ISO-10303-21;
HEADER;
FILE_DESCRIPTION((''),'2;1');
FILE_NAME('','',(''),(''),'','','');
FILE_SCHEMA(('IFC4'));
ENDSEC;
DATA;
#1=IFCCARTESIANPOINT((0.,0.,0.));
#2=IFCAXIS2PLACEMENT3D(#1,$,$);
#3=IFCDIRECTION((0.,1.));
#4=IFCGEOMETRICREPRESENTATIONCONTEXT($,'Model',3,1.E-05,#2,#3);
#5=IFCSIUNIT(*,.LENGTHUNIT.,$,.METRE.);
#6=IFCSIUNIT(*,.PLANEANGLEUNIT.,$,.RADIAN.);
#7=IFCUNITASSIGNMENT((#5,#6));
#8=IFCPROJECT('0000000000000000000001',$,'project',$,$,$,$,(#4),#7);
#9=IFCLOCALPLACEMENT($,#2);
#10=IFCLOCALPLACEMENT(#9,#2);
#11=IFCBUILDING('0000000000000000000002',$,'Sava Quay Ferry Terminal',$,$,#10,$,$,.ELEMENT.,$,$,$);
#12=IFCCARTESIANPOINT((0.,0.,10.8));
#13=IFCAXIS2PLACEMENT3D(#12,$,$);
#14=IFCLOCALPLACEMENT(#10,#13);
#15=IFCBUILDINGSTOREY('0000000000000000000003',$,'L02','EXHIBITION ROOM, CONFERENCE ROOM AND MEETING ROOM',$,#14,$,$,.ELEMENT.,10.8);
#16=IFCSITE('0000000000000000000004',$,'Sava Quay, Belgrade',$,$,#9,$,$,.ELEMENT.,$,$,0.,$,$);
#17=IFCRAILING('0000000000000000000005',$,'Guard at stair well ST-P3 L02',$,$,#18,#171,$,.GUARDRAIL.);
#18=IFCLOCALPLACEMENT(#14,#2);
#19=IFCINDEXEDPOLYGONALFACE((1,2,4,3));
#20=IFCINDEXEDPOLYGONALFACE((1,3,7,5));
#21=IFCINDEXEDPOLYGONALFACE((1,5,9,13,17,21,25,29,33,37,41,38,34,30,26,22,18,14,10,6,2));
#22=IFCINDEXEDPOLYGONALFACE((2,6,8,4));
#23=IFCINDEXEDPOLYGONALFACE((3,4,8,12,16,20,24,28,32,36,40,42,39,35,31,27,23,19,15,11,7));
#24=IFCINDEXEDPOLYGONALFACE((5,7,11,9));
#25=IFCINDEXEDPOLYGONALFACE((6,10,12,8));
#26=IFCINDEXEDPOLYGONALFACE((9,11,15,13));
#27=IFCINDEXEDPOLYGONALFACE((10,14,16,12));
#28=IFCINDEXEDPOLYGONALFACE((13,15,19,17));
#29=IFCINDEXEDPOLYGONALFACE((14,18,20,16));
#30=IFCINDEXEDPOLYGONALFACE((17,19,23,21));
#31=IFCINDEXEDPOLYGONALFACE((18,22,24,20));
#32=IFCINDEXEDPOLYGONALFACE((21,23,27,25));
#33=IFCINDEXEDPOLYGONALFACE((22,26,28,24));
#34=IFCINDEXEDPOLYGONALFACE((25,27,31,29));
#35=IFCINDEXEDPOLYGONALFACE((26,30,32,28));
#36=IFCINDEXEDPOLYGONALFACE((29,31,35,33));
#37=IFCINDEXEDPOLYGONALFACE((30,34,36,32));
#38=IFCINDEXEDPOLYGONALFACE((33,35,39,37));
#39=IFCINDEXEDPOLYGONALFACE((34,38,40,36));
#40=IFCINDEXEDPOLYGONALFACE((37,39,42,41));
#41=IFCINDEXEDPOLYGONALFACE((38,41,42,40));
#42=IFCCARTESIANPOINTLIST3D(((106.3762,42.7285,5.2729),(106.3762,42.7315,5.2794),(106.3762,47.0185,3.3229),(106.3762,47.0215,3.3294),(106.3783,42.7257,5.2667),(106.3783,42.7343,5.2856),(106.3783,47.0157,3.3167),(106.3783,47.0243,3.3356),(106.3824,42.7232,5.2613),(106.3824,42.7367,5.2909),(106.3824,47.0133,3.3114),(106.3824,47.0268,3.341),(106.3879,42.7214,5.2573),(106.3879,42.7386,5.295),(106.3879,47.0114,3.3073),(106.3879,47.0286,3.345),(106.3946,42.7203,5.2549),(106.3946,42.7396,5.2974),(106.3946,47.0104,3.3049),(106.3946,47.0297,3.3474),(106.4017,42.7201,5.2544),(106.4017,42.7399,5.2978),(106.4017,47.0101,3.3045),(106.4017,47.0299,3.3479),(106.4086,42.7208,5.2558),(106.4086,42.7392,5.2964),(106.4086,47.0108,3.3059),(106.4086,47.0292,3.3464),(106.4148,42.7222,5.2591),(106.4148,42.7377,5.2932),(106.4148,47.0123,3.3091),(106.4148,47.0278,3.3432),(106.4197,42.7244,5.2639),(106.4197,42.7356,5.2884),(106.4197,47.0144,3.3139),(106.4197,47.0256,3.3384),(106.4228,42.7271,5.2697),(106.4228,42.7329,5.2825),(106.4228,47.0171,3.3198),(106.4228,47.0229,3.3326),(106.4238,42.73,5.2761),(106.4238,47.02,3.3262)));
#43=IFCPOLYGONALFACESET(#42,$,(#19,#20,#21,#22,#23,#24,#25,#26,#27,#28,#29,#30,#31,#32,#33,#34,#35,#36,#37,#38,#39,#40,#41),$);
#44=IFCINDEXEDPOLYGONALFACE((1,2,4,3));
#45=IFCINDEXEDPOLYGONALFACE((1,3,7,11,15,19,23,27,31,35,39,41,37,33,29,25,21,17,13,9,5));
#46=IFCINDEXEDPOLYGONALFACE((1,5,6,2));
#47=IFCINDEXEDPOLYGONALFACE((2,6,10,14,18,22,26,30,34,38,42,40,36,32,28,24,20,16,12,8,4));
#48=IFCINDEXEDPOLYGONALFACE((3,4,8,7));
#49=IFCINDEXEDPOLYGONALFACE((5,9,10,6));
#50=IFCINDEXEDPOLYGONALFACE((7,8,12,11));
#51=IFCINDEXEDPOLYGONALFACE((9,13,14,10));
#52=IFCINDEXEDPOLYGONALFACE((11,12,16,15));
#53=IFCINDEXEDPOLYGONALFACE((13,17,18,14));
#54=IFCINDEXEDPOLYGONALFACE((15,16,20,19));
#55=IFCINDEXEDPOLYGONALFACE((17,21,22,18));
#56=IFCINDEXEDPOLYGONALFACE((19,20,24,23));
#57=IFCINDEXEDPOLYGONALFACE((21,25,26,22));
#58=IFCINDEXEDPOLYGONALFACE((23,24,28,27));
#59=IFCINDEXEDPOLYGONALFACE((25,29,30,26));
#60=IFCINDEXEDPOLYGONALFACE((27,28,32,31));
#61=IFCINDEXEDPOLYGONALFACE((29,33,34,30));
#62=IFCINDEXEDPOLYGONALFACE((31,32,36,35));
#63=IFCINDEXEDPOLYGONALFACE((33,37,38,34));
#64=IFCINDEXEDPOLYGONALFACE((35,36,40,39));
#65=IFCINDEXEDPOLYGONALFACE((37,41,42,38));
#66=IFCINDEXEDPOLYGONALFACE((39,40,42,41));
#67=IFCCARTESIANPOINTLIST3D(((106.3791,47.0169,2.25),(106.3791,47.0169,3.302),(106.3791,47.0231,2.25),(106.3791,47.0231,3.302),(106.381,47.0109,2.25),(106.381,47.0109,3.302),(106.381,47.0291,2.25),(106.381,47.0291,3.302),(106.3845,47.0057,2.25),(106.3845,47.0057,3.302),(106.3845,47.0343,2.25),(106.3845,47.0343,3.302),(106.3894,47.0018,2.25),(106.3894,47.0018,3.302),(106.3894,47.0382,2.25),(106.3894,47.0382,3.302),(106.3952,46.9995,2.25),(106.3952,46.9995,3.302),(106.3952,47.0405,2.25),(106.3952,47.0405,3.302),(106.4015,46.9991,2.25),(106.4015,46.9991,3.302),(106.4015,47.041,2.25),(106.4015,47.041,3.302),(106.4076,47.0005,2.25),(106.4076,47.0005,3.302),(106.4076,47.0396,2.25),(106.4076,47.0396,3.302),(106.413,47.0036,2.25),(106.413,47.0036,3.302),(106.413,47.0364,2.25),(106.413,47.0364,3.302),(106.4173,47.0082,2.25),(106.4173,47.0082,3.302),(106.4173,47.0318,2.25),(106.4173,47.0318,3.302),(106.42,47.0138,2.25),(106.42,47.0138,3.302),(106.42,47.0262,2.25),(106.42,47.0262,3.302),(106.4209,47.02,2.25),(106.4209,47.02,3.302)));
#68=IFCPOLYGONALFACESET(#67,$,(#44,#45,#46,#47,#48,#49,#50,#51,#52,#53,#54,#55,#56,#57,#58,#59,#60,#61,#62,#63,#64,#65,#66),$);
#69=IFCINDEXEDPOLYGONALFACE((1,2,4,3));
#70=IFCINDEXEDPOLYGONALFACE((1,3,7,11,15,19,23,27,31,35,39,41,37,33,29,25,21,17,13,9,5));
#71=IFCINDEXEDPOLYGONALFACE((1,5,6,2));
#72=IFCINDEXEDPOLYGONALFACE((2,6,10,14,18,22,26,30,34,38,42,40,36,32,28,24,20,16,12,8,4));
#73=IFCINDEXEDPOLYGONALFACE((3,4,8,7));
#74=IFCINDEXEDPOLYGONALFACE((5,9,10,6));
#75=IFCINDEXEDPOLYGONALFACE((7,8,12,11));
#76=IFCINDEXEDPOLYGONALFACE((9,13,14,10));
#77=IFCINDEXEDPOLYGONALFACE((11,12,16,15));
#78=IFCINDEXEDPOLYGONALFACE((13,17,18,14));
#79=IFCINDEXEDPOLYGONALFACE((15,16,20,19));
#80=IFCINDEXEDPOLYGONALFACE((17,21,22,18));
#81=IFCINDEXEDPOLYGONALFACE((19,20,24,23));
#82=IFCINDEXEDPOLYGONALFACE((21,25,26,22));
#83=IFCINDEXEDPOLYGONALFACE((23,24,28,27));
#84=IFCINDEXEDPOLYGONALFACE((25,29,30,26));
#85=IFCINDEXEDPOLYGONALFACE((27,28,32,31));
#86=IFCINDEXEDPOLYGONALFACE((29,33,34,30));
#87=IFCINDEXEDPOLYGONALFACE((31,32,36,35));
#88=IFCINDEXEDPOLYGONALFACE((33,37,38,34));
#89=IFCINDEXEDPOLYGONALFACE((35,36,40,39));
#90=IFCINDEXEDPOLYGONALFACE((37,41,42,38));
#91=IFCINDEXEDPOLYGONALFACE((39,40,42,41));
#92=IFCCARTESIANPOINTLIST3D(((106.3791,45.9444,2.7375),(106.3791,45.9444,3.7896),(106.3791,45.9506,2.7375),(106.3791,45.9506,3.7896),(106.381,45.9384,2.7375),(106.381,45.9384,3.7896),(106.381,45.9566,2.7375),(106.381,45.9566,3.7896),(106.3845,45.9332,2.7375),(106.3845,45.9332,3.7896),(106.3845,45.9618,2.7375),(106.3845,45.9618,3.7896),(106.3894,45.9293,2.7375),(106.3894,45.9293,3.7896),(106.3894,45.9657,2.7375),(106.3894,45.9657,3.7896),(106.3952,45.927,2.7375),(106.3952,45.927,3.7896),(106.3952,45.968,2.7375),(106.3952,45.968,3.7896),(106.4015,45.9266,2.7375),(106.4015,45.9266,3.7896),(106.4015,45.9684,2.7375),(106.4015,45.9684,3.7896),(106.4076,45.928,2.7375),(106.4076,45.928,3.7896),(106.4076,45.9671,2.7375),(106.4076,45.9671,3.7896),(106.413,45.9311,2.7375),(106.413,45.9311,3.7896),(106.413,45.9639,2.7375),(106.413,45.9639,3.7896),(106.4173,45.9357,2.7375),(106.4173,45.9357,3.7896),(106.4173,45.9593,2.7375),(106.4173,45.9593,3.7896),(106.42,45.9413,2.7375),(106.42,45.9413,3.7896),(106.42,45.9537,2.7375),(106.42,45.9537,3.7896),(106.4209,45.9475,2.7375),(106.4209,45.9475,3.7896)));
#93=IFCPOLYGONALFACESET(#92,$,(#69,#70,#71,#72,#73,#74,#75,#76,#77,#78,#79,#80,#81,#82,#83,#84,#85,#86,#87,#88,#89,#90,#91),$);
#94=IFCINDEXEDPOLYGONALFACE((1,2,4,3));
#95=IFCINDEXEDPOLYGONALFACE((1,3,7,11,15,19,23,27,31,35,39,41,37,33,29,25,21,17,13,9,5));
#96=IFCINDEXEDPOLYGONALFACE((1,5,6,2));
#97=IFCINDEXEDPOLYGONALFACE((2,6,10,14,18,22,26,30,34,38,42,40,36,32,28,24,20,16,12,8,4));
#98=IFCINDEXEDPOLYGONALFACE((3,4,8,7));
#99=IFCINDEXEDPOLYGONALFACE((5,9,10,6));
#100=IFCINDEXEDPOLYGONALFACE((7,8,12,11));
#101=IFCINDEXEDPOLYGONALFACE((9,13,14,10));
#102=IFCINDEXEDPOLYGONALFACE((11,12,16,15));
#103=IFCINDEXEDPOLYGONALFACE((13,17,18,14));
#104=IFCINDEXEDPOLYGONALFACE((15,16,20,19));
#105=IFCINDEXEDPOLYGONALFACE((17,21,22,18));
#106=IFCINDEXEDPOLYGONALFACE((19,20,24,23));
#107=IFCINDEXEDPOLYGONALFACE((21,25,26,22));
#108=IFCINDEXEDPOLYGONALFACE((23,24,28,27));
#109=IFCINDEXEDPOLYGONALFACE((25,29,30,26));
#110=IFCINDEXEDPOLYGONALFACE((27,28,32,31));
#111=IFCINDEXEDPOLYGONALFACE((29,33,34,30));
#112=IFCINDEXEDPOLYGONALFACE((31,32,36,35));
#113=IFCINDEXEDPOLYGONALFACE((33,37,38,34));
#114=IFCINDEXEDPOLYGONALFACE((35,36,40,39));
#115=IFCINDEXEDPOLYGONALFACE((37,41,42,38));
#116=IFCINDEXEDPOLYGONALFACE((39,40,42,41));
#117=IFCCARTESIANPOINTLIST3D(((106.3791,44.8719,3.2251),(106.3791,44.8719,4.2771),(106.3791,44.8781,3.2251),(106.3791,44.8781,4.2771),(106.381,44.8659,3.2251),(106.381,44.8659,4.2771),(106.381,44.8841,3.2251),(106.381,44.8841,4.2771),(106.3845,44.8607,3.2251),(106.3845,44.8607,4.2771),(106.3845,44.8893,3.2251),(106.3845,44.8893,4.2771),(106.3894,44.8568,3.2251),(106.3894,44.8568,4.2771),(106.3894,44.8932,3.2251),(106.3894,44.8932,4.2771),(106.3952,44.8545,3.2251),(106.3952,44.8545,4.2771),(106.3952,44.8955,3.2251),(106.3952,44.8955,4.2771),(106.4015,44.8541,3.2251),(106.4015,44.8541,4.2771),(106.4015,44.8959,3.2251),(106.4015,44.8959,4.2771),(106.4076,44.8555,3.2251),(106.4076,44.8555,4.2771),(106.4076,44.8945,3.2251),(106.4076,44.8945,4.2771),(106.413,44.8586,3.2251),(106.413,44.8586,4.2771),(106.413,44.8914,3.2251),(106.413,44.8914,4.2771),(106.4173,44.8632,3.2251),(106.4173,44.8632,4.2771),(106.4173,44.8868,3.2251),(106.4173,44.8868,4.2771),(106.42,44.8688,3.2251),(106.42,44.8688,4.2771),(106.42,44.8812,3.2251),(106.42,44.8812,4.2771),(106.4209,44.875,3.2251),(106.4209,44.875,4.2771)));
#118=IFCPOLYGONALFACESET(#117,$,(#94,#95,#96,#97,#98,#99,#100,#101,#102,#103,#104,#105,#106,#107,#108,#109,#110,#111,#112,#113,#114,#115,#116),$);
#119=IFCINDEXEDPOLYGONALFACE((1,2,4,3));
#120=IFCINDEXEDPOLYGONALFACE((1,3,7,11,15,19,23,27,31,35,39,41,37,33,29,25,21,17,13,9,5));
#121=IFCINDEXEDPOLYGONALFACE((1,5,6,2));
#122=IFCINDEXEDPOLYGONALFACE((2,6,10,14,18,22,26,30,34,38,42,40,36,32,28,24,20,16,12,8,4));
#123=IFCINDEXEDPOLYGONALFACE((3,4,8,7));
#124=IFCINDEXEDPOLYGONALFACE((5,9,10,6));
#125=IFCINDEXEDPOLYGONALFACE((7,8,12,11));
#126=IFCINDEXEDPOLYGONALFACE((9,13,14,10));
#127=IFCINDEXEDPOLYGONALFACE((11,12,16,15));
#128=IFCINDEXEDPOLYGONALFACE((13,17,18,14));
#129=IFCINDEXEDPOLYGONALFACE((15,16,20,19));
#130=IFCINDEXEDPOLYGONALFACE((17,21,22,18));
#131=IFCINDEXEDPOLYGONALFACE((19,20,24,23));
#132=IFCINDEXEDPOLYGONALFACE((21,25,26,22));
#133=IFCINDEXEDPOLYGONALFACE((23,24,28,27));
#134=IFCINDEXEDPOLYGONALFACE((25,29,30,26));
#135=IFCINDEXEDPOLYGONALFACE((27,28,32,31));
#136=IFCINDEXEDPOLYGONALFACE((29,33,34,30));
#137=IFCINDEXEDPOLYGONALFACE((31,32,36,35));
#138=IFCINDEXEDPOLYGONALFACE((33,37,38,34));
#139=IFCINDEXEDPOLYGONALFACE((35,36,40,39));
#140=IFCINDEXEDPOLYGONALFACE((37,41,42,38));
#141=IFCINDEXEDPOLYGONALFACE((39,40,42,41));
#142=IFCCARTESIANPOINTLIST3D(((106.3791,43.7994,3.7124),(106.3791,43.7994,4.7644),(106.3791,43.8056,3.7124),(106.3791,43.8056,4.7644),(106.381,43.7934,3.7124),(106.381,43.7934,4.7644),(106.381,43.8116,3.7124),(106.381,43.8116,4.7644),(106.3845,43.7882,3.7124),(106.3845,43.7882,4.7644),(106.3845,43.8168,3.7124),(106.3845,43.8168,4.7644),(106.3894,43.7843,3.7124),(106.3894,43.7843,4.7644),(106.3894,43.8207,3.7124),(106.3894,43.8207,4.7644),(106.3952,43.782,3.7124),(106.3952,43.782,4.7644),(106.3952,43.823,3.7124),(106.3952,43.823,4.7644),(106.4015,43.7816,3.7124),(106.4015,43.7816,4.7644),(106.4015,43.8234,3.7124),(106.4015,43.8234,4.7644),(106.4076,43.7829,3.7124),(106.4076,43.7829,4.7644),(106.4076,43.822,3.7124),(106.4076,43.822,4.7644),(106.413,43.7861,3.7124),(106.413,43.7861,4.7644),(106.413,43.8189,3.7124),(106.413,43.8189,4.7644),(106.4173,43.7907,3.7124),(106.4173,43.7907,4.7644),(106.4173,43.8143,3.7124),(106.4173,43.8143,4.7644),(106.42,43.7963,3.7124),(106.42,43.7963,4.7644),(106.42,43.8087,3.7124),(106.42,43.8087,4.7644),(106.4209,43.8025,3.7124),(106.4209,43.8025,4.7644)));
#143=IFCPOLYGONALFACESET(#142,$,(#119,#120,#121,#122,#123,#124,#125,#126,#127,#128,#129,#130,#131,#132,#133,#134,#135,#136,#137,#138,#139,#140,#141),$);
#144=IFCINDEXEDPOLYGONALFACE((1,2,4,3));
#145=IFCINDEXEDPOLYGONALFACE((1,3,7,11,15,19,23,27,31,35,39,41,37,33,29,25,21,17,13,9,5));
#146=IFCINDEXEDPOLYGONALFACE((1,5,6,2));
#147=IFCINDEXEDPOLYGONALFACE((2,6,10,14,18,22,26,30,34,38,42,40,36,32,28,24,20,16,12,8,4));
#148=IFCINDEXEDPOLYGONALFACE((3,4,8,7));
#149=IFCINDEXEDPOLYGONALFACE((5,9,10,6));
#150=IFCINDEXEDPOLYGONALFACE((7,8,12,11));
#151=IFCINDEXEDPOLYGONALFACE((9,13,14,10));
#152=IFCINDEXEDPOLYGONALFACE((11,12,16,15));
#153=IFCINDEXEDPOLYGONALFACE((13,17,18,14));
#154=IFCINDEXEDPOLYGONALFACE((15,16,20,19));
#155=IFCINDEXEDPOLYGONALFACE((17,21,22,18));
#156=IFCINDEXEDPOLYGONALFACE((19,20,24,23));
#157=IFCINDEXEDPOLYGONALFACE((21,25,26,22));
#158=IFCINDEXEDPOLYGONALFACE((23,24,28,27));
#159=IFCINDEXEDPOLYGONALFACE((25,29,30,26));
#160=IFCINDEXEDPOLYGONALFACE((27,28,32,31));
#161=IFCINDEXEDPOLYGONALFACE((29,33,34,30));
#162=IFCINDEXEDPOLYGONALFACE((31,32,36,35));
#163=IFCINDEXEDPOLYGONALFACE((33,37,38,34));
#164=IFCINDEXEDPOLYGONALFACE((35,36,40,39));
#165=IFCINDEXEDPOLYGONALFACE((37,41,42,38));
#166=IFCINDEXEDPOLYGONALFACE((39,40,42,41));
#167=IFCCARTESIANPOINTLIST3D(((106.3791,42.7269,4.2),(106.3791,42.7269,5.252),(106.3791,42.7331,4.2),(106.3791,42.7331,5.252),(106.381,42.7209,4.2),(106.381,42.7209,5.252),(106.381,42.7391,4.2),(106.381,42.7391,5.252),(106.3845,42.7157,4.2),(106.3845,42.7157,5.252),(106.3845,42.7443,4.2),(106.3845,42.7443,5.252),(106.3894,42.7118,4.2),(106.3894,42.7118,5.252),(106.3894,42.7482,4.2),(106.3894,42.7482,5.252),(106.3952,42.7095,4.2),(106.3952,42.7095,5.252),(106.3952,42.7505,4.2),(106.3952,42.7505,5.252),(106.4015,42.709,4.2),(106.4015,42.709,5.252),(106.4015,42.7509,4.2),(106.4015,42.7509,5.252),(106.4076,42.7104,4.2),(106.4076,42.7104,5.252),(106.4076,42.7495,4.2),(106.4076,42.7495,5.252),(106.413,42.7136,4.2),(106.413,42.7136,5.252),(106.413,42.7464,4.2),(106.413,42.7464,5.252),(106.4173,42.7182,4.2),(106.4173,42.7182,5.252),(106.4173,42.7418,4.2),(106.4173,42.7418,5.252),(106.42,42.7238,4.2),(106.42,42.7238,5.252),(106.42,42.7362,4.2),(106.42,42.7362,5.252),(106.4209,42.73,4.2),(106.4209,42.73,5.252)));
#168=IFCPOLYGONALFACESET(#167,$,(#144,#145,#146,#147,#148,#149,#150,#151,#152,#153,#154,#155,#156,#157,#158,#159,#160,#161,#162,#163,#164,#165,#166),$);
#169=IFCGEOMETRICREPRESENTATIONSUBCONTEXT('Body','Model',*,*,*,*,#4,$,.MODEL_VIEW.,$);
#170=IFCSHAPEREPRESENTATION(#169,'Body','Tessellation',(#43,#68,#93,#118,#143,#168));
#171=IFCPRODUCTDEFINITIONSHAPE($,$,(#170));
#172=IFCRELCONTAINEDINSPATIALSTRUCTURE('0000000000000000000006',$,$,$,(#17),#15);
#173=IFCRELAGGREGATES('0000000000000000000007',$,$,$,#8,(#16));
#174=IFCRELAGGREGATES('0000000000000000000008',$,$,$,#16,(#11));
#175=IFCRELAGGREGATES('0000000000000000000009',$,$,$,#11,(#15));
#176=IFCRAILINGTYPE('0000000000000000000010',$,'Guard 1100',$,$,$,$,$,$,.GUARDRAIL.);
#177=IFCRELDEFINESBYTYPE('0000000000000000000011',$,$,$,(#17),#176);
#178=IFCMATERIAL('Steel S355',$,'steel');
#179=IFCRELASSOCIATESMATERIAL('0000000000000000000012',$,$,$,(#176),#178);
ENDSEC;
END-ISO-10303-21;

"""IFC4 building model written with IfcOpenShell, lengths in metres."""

from ifc_helpers import new_model, si_unit, direction, frame, origin, origin_2d, place, context, subcontext, project, spatial, circle, extrude, material, type_object, element, save


model = new_model("IFC4")

# Units and contexts
model_context = context("Model", 3, precision=1e-05, world=origin(), true_north=direction((0.0, 1.0)))
body_context = subcontext(model_context, "Body", "Model", "MODEL_VIEW")
ifc_project = project(units=[si_unit("LENGTHUNIT", "METRE"), si_unit("PLANEANGLEUNIT", "RADIAN")], contexts=[model_context])

# Site, building, storey
site_placement = place(None, origin())
site = spatial("IfcSite", under=ifc_project, at=site_placement, Name="Sava Quay, Belgrade", CompositionType="ELEMENT", RefElevation=0.0)
building_placement = place(site_placement, origin())
building = spatial("IfcBuilding", under=site, at=building_placement, Name="Sava Quay Ferry Terminal", CompositionType="ELEMENT")
storey_placement = place(building_placement, frame((0.0, 0.0, 10.8)))
storey = spatial("IfcBuildingStorey", under=building, at=storey_placement, Name="L02", Description="EXHIBITION ROOM, CONFERENCE ROOM AND MEETING ROOM", CompositionType="ELEMENT", Elevation=10.8)

# Railing
ifc_material_1 = material(Name="Steel S355", Category="steel")
railing_type_1 = type_object("IfcRailingType", Name="Guard 1100", PredefinedType="GUARDRAIL", material=ifc_material_1)
railing_1_placement = place(storey_placement, frame((106.3999, 47.02, 2.25)))
element("IfcRailing", 1, at=railing_1_placement, inside=storey, type_object=railing_type_1, Name="Guard at stair well ST-P3 L02", PredefinedType="GUARDRAIL", context=body_context, shape_type="SweptSolid", body=[
    extrude(circle(Radius=0.0239, at=origin_2d()), frame((0.0, 0.0, 1.0762), z_axis=(0.0, -0.910372, 0.413791), x_axis=(1.0, 0.0, 0.0)), (0.0, 0.0, 1.0), 4.7124),
    extrude(circle(Radius=0.021, at=origin_2d()), origin(), (0.0, 0.0, 1.0), 1.052),
    extrude(circle(Radius=0.021, at=origin_2d()), frame((0.0, -1.0725, 0.4875)), (0.0, 0.0, 1.0), 1.052),
    extrude(circle(Radius=0.021, at=origin_2d()), frame((0.0, -2.145, 0.9751)), (0.0, 0.0, 1.0), 1.052),
    extrude(circle(Radius=0.021, at=origin_2d()), frame((0.0, -3.2175, 1.4624)), (0.0, 0.0, 1.0), 1.052),
    extrude(circle(Radius=0.021, at=origin_2d()), frame((0.0, -4.29, 1.95)), (0.0, 0.0, 1.0), 1.052),
])

save(model, "model.ifc")
